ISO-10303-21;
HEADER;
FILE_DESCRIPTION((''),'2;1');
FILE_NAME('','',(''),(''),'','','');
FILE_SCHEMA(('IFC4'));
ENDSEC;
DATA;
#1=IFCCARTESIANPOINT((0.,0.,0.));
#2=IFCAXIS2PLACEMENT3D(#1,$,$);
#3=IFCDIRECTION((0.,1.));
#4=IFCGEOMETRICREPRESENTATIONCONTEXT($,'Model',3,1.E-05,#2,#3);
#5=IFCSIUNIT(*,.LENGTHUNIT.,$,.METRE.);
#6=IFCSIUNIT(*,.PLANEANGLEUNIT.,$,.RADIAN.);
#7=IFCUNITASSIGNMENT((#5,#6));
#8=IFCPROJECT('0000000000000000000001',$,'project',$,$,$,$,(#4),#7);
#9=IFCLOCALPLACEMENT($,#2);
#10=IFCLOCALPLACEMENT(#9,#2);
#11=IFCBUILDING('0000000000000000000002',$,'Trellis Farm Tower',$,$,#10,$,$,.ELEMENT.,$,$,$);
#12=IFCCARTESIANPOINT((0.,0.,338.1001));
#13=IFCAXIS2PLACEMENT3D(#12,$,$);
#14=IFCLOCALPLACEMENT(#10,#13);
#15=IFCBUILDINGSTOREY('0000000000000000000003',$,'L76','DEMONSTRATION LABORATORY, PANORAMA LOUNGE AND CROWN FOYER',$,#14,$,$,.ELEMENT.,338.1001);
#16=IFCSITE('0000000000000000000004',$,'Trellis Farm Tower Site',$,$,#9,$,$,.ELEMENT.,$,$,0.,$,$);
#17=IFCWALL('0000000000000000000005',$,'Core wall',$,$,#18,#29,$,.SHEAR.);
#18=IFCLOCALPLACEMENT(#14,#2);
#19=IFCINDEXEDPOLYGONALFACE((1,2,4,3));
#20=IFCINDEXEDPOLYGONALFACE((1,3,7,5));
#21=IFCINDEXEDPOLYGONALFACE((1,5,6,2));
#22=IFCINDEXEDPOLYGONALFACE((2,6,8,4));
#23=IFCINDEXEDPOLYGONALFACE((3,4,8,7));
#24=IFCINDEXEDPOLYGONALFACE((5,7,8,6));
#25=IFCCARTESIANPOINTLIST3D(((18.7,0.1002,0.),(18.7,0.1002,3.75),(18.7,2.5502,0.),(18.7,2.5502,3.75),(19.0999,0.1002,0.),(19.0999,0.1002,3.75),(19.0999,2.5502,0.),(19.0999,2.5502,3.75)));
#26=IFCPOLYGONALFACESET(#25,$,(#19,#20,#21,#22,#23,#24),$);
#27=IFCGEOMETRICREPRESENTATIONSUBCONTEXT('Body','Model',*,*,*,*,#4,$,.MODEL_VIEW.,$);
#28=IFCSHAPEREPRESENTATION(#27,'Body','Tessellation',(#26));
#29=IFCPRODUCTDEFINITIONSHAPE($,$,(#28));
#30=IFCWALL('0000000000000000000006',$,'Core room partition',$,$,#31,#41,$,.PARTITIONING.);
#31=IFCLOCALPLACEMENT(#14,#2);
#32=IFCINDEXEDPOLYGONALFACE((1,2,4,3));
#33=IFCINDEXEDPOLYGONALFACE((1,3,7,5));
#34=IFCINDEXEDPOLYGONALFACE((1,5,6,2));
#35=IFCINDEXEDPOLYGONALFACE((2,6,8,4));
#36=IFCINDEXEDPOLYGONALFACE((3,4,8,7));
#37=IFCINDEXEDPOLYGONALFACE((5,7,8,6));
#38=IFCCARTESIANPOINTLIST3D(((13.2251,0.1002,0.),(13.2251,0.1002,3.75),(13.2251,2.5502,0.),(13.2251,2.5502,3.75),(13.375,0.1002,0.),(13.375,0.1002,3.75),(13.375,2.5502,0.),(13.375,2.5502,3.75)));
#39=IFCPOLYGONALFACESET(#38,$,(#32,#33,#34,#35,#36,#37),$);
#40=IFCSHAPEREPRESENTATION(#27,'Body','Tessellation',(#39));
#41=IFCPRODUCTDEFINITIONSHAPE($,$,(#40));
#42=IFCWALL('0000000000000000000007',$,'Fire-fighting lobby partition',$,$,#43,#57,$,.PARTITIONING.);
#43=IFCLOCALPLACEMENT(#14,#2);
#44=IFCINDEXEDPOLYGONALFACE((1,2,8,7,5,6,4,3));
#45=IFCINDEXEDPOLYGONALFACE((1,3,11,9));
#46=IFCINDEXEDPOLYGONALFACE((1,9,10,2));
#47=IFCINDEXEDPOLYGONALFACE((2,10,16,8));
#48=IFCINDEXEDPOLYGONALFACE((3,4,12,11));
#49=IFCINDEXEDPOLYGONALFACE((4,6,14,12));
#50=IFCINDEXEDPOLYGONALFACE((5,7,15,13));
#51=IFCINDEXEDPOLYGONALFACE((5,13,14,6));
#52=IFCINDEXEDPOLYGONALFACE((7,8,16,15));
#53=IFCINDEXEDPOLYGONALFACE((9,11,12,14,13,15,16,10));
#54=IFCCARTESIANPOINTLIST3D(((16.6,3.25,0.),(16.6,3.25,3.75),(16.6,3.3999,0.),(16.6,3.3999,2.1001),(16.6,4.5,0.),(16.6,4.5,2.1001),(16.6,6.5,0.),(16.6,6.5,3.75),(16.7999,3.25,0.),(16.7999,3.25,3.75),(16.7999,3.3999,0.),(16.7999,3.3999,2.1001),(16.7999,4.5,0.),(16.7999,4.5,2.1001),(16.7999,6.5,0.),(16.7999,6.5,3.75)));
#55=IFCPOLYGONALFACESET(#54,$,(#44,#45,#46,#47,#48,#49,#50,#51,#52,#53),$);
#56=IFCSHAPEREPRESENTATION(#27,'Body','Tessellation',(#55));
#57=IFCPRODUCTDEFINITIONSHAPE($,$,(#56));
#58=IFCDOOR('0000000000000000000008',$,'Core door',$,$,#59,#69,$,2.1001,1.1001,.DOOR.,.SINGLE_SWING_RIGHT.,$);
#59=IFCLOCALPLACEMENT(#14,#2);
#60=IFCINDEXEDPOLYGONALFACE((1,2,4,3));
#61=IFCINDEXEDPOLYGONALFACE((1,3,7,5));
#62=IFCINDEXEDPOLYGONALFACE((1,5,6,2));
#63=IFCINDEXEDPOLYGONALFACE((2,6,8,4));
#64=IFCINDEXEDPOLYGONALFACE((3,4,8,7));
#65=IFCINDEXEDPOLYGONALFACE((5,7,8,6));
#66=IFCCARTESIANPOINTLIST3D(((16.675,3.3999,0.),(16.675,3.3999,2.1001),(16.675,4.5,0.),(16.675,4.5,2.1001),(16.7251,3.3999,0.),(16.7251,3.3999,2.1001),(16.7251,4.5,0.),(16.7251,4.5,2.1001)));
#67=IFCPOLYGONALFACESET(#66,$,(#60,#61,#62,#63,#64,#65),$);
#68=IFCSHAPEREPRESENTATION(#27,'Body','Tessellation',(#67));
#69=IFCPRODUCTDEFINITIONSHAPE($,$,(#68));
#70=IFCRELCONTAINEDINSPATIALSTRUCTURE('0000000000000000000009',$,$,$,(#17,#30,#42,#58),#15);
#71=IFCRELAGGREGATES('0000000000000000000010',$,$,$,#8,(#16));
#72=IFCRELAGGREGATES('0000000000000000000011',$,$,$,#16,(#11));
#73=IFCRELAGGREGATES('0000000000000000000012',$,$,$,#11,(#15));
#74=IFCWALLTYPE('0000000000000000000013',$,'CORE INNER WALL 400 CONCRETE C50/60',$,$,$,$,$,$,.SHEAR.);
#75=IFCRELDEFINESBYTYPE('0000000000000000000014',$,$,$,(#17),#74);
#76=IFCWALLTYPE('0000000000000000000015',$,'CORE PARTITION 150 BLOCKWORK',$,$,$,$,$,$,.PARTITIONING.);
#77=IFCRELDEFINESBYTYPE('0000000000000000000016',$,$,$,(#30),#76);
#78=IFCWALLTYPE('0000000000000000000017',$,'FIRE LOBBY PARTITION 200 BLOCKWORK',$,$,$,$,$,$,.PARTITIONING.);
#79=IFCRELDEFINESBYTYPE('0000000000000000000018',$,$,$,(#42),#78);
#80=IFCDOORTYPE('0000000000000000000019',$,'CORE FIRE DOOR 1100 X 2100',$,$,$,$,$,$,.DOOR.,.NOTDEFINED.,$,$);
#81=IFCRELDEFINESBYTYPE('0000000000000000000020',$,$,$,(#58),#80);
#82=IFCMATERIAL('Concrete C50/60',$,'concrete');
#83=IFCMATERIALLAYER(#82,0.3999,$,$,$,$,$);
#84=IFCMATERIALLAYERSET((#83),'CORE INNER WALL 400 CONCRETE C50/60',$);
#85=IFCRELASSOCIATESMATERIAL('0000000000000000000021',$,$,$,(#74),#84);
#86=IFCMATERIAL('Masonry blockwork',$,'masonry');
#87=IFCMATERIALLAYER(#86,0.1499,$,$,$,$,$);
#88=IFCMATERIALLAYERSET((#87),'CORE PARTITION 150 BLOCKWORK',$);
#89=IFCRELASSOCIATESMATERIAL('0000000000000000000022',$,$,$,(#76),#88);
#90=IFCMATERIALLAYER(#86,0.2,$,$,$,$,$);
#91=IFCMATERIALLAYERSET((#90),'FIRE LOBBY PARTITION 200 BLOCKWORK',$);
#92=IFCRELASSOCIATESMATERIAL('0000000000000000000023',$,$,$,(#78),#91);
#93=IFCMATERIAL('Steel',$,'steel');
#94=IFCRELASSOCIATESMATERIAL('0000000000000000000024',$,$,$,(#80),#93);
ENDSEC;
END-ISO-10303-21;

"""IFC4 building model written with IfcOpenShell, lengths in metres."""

from ifc_helpers import new_model, si_unit, direction, frame, frame_2d, origin, place, context, subcontext, project, spatial, rectangle, extrude, source, transform, mapped, material, layer, layer_set, type_object, element, fill, save


model = new_model("IFC4")

# Units and contexts
model_context = context("Model", 3, precision=1e-05, world=origin(), true_north=direction((0.0, 1.0)))
body_context = subcontext(model_context, "Body", "Model", "MODEL_VIEW")
ifc_project = project(units=[si_unit("LENGTHUNIT", "METRE"), si_unit("PLANEANGLEUNIT", "RADIAN")], contexts=[model_context])

# Site, building, storey
site_placement = place(None, origin())
site = spatial("IfcSite", under=ifc_project, at=site_placement, Name="Trellis Farm Tower Site", CompositionType="ELEMENT", RefElevation=0.0)
building_placement = place(site_placement, origin())
building = spatial("IfcBuilding", under=site, at=building_placement, Name="Trellis Farm Tower", CompositionType="ELEMENT")
storey_placement = place(building_placement, frame((0.0, 0.0, 338.1001)))
storey = spatial("IfcBuildingStorey", under=building, at=storey_placement, Name="L76", Description="DEMONSTRATION LABORATORY, PANORAMA LOUNGE AND CROWN FOYER", CompositionType="ELEMENT", Elevation=338.1001)

# Shared definitions
ifc_material_1 = material(Name="Concrete C50/60", Category="concrete")

# Walls
ifc_layer_1 = layer(ifc_material_1, 0.3999)
ifc_layer_set_1 = layer_set([ifc_layer_1], Name="CORE INNER WALL 400 CONCRETE C50/60")
wall_type_1 = type_object("IfcWallType", Name="CORE INNER WALL 400 CONCRETE C50/60", PredefinedType="SHEAR", material=ifc_layer_set_1)
shared_shape_1 = source(origin(), body_context, "Body", "SweptSolid", [
    extrude(rectangle(XDim=2.45, YDim=0.3999, at=frame_2d((1.2251, 0.0))), origin(), (0.0, 0.0, 1.0), 3.75),
])
for number, where, z_axis, x_axis, name in (
    (1, (18.8999, 0.1001, 0.0), (0.0, 0.0, 1.0), (0.0, 1.0, 0.0), "Core wall"),
):
    element("IfcWall", number, at=place(storey_placement, frame(where, z_axis=z_axis, x_axis=x_axis)), inside=storey, type_object=wall_type_1, Name=name, PredefinedType="SHEAR", context=body_context, shape_type="MappedRepresentation", body=[
        mapped(shared_shape_1, transform((0.0, 0.0, 0.0))),
    ])
ifc_material_2 = material(Name="Masonry blockwork", Category="masonry")
ifc_layer_2 = layer(ifc_material_2, 0.1499)
ifc_layer_set_2 = layer_set([ifc_layer_2], Name="CORE PARTITION 150 BLOCKWORK")
wall_type_2 = type_object("IfcWallType", Name="CORE PARTITION 150 BLOCKWORK", PredefinedType="PARTITIONING", material=ifc_layer_set_2)
shared_shape_2 = source(origin(), body_context, "Body", "SweptSolid", [
    extrude(rectangle(XDim=2.45, YDim=0.1499, at=frame_2d((1.2251, 0.0))), origin(), (0.0, 0.0, 1.0), 3.75),
])
wall_1_placement = place(storey_placement, frame((13.3, 0.1001, 0.0), z_axis=(0.0, 0.0, 1.0), x_axis=(0.0, 1.0, 0.0)))
element("IfcWall", 2, at=wall_1_placement, inside=storey, type_object=wall_type_2, Name="Core room partition", PredefinedType="PARTITIONING", context=body_context, shape_type="MappedRepresentation", body=[
    mapped(shared_shape_2, transform((0.0, 0.0, 0.0))),
])

# Wall, opening, door
ifc_layer_3 = layer(ifc_material_2, 0.2)
ifc_layer_set_3 = layer_set([ifc_layer_3], Name="FIRE LOBBY PARTITION 200 BLOCKWORK")
wall_type_3 = type_object("IfcWallType", Name="FIRE LOBBY PARTITION 200 BLOCKWORK", PredefinedType="PARTITIONING", material=ifc_layer_set_3)
shared_shape_3 = source(origin(), body_context, "Body", "SweptSolid", [
    extrude(rectangle(XDim=3.25, YDim=0.2, at=frame_2d((1.625, 0.0))), origin(), (0.0, 0.0, 1.0), 3.75),
])
wall_2_placement = place(storey_placement, frame((16.7, 3.25, 0.0), z_axis=(0.0, 0.0, 1.0), x_axis=(0.0, 1.0, 0.0)))
wall_2 = element("IfcWall", 3, at=wall_2_placement, inside=storey, type_object=wall_type_3, Name="Fire-fighting lobby partition", PredefinedType="PARTITIONING", context=body_context, shape_type="MappedRepresentation", body=[
    mapped(shared_shape_3, transform((0.0, 0.0, 0.0))),
])
shared_shape_4 = source(origin(), body_context, "Body", "SweptSolid", [
    extrude(rectangle(XDim=1.1001, YDim=2.1001, at=frame_2d((0.55, 1.05))), frame((0.0, 0.1101, 0.0), z_axis=(0.0, -1.0, 0.0), x_axis=(1.0, 0.0, 0.0)), (0.0, 0.0, 1.0), 0.2202),
])
opening_1_placement = place(wall_2_placement, frame((0.1499, 0.0, 0.0)))
opening_1 = element("IfcOpeningElement", 4, at=opening_1_placement, cuts=wall_2, PredefinedType="OPENING", context=body_context, shape_type="MappedRepresentation", body=[
    mapped(shared_shape_4, transform((0.0, 0.0, 0.0))),
])
ifc_material_3 = material(Name="Steel", Category="steel")
door_type_1 = type_object("IfcDoorType", Name="CORE FIRE DOOR 1100 X 2100", OperationType="NOTDEFINED", PredefinedType="DOOR", material=ifc_material_3)
shared_shape_5 = source(origin(), body_context, "Body", "SweptSolid", [
    extrude(rectangle(XDim=1.1001, YDim=2.1001, at=frame_2d((0.55, 1.05))), frame((0.0, 0.0249, 0.0), z_axis=(0.0, -1.0, 0.0), x_axis=(1.0, 0.0, 0.0)), (0.0, 0.0, 1.0), 0.05),
])
door_1_placement = place(opening_1_placement, origin())
door_1 = element("IfcDoor", 5, at=door_1_placement, inside=storey, type_object=door_type_1, Name="Core door", OperationType="SINGLE_SWING_RIGHT", OverallHeight=2.1001, OverallWidth=1.1001, PredefinedType="DOOR", context=body_context, shape_type="MappedRepresentation", body=[
    mapped(shared_shape_5, transform((0.0, 0.0, 0.0))),
])
fill(opening_1, door_1)

save(model, "model.ifc")
